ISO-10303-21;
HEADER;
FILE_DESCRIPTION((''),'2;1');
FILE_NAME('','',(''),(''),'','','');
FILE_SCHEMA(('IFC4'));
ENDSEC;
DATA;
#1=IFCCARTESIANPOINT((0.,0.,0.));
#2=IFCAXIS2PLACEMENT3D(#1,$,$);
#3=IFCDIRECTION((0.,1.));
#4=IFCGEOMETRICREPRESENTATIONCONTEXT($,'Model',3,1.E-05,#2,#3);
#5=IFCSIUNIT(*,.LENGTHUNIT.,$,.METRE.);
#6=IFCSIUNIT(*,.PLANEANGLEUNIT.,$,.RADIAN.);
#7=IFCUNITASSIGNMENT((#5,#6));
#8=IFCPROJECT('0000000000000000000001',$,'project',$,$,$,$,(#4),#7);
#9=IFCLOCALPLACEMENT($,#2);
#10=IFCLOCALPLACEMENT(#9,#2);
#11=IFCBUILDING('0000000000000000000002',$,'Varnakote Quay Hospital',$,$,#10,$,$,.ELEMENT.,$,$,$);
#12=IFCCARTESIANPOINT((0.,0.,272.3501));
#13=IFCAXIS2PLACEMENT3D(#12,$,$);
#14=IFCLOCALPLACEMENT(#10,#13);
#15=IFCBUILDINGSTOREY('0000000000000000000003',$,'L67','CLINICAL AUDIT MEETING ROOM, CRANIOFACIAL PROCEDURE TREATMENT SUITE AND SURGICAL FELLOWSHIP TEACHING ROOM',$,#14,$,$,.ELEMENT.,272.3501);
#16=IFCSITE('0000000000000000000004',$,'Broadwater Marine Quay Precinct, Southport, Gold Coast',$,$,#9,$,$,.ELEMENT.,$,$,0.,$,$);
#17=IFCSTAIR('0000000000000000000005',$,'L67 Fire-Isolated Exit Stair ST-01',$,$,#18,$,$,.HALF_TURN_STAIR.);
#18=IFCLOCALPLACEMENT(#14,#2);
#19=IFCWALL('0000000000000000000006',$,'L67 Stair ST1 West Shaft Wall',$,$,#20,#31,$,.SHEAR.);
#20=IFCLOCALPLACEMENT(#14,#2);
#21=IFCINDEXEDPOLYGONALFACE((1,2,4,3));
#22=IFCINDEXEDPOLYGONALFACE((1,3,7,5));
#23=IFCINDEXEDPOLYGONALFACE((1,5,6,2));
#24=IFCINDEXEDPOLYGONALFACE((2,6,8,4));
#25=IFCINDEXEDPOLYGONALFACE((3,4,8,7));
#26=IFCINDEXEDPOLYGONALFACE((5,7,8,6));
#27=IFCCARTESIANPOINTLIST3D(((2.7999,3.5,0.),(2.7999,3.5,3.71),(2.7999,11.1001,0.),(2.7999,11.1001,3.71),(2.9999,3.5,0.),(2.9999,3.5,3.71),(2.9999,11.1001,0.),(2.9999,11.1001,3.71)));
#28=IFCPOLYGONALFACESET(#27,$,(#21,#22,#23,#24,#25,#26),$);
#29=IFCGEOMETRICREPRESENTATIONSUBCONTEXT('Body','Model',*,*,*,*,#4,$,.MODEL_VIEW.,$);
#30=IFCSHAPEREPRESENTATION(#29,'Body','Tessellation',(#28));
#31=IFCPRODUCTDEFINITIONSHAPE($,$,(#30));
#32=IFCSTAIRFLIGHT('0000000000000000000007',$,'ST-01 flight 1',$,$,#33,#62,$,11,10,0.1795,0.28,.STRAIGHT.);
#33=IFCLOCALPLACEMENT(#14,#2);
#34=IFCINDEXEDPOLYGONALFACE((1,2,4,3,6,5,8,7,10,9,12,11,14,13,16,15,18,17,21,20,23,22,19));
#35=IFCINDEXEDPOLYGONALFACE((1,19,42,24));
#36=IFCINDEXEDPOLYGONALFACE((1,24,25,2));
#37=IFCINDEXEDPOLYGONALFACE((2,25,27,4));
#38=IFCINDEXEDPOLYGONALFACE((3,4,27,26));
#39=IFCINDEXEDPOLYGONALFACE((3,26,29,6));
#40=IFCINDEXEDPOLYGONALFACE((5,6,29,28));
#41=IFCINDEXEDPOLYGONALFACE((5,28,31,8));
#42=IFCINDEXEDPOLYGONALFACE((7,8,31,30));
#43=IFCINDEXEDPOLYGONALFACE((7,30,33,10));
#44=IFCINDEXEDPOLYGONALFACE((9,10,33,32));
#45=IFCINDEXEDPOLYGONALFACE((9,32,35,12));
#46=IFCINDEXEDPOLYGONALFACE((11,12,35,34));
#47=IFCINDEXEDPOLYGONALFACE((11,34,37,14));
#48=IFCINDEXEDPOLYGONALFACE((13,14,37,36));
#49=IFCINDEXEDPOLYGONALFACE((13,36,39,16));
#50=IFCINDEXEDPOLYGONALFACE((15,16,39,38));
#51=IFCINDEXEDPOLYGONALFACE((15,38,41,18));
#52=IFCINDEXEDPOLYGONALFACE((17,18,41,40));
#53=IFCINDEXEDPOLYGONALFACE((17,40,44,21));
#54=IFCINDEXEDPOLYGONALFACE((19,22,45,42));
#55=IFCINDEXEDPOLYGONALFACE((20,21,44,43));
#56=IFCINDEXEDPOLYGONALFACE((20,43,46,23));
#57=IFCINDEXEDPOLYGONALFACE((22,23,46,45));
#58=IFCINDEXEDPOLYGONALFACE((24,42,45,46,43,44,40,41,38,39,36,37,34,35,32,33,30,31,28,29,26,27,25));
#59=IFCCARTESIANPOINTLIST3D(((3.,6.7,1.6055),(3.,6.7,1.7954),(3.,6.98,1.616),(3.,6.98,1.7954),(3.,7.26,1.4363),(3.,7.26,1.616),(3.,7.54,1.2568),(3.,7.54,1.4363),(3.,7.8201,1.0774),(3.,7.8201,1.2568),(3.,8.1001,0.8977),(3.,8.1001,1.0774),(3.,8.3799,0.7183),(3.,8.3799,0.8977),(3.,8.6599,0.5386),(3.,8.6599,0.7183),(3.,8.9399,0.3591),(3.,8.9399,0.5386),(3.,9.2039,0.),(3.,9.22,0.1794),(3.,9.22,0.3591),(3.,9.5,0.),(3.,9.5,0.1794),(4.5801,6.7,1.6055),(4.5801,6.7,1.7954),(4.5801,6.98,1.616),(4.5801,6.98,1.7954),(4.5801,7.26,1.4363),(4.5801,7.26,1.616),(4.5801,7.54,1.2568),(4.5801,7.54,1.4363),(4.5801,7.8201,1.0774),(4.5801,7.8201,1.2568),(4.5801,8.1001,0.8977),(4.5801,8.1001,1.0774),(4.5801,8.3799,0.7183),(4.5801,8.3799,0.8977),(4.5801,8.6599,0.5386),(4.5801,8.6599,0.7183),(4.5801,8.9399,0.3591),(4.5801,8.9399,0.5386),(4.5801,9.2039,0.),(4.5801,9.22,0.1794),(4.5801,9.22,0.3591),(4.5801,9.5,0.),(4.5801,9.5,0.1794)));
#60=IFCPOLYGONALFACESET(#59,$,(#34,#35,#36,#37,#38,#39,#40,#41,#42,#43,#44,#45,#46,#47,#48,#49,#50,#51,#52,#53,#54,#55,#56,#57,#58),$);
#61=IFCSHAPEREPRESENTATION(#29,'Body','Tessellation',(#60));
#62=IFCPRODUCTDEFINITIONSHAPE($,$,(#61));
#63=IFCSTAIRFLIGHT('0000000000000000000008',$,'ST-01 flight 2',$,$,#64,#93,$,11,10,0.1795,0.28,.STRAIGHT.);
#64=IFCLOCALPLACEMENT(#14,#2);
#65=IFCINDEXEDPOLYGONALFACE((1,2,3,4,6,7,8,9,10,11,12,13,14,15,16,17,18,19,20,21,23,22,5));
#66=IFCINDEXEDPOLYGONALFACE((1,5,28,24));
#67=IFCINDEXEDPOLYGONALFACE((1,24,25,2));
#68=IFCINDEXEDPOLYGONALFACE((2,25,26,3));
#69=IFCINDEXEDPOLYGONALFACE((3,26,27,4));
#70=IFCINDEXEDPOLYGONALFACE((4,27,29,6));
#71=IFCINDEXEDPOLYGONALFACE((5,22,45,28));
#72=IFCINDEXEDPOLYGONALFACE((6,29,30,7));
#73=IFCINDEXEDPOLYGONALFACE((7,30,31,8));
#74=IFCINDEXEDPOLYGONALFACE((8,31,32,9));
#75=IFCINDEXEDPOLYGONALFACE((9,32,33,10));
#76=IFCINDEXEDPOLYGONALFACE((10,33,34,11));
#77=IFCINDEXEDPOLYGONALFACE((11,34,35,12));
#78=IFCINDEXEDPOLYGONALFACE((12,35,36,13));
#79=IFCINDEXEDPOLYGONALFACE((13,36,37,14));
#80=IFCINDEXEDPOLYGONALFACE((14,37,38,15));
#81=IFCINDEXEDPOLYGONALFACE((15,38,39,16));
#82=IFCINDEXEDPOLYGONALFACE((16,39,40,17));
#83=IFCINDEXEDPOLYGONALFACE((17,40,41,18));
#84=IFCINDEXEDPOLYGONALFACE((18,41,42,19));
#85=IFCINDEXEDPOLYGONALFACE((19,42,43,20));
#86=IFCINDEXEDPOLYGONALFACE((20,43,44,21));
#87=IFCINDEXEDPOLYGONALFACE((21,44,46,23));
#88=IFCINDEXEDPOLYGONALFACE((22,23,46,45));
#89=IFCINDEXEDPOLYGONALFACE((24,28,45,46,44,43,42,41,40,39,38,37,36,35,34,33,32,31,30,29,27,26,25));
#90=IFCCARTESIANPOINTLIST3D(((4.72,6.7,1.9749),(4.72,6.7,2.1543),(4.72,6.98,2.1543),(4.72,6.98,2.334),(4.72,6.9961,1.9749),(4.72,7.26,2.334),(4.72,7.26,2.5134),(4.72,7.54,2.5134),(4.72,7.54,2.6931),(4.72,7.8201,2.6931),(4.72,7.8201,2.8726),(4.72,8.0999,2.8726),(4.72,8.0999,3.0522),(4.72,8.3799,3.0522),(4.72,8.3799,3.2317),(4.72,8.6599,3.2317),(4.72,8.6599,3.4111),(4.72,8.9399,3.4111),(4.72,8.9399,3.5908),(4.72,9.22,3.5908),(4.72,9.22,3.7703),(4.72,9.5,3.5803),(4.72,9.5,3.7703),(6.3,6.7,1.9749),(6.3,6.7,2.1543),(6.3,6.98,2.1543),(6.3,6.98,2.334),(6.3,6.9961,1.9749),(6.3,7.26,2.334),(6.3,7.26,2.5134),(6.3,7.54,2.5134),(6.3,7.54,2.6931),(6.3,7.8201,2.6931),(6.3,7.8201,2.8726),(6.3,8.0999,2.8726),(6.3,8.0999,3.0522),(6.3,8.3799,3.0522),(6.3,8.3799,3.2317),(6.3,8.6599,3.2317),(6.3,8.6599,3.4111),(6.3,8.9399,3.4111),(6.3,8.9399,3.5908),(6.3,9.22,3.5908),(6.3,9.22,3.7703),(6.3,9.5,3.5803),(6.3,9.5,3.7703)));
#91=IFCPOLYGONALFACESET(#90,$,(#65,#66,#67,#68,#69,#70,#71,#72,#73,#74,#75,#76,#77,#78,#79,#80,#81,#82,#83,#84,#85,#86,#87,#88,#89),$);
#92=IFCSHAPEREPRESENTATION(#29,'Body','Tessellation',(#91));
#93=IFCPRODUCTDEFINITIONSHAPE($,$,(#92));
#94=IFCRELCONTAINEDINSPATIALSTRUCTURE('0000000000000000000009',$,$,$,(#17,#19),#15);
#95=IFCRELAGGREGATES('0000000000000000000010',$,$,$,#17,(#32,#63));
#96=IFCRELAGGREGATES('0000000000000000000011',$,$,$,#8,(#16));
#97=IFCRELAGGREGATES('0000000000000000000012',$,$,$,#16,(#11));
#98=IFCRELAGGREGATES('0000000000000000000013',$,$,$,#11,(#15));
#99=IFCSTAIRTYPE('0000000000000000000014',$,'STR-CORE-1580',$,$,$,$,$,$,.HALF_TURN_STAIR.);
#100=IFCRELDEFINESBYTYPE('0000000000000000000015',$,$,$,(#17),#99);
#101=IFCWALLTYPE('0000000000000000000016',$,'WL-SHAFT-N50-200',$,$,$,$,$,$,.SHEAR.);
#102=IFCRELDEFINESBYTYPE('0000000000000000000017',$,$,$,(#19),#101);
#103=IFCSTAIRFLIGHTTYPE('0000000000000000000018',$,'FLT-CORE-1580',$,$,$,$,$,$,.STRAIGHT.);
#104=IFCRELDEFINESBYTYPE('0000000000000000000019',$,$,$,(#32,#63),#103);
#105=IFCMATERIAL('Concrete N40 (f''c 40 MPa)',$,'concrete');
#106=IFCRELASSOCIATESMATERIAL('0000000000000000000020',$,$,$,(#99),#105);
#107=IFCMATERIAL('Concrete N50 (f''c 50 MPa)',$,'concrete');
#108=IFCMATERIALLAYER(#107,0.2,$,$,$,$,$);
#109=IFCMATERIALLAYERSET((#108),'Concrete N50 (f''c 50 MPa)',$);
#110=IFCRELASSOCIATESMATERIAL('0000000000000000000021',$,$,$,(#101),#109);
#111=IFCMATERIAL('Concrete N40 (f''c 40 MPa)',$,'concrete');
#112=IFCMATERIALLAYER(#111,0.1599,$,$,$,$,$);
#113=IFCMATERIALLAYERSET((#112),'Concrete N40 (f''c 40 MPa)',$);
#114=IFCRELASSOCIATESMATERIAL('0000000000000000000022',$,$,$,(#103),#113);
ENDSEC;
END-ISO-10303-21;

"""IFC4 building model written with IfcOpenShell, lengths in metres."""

from ifc_helpers import new_model, si_unit, direction, frame, frame_2d, origin, place, context, subcontext, project, spatial, polyline, rectangle, outline, extrude, material, layer, layer_set, type_object, element, aggregate, save


model = new_model("IFC4")

# Units and contexts
model_context = context("Model", 3, precision=1e-05, world=origin(), true_north=direction((0.0, 1.0)))
body_context = subcontext(model_context, "Body", "Model", "MODEL_VIEW")
ifc_project = project(units=[si_unit("LENGTHUNIT", "METRE"), si_unit("PLANEANGLEUNIT", "RADIAN")], contexts=[model_context])

# Site, building, storey
site_placement = place(None, origin())
site = spatial("IfcSite", under=ifc_project, at=site_placement, Name="Broadwater Marine Quay Precinct, Southport, Gold Coast", CompositionType="ELEMENT", RefElevation=0.0)
building_placement = place(site_placement, origin())
building = spatial("IfcBuilding", under=site, at=building_placement, Name="Varnakote Quay Hospital", CompositionType="ELEMENT")
storey_placement = place(building_placement, frame((0.0, 0.0, 272.3501)))
storey = spatial("IfcBuildingStorey", under=building, at=storey_placement, Name="L67", Description="CLINICAL AUDIT MEETING ROOM, CRANIOFACIAL PROCEDURE TREATMENT SUITE AND SURGICAL FELLOWSHIP TEACHING ROOM", CompositionType="ELEMENT", Elevation=272.3501)

# Stair
ifc_material_1 = material(Name="Concrete N40 (f'c 40 MPa)", Category="concrete")
stair_type = type_object("IfcStairType", Name="STR-CORE-1580", PredefinedType="HALF_TURN_STAIR", material=ifc_material_1)
stair_1_placement = place(storey_placement, origin())
stair_1 = element("IfcStair", 1, at=stair_1_placement, inside=storey, type_object=stair_type, Name="L67 Fire-Isolated Exit Stair ST-01", PredefinedType="HALF_TURN_STAIR")

# Wall
ifc_material_2 = material(Name="Concrete N50 (f'c 50 MPa)", Category="concrete")
ifc_layer_1 = layer(ifc_material_2, 0.2)
ifc_layer_set_1 = layer_set([ifc_layer_1], Name="Concrete N50 (f'c 50 MPa)")
wall_type_1 = type_object("IfcWallType", Name="WL-SHAFT-N50-200", PredefinedType="SHEAR", material=ifc_layer_set_1)
wall_1_placement = place(storey_placement, frame((2.8999, 3.5, 0.0), z_axis=(0.0, 0.0, 1.0), x_axis=(0.0, 1.0, 0.0)))
element("IfcWall", 2, at=wall_1_placement, inside=storey, type_object=wall_type_1, Name="L67 Stair ST1 West Shaft Wall", PredefinedType="SHEAR", context=body_context, shape_type="SweptSolid", body=[
    extrude(rectangle(XDim=7.6001, YDim=0.2, at=frame_2d((3.8, 0.0))), origin(), (0.0, 0.0, 1.0), 3.71),
])

# Stair flights
ifc_material_3 = material(Name="Concrete N40 (f'c 40 MPa)", Category="concrete")
ifc_layer_2 = layer(ifc_material_3, 0.1599)
ifc_layer_set_2 = layer_set([ifc_layer_2], Name="Concrete N40 (f'c 40 MPa)")
stair_flight_type = type_object("IfcStairFlightType", Name="FLT-CORE-1580", PredefinedType="STRAIGHT", material=ifc_layer_set_2)
stair_flight_1_placement = place(storey_placement, frame((3.79, 9.5, 0.0), z_axis=(0.0, 0.0, 1.0), x_axis=(0.0, -1.0, 0.0)))
stair_flight_1 = element("IfcStairFlight", 3, at=stair_flight_1_placement, type_object=stair_flight_type, Name="ST-01 flight 1", NumberOfRisers=11, NumberOfTreads=10, PredefinedType="STRAIGHT", RiserHeight=0.1795, TreadLength=0.28, context=body_context, shape_type="SweptSolid", body=[
    extrude(outline(polyline([(0.0, 0.0), (0.0, 0.1794), (0.28, 0.1794), (0.28, 0.3591), (0.5601, 0.3591), (0.5601, 0.5386), (0.8401, 0.5386), (0.8401, 0.7183), (1.1201, 0.7183), (1.1201, 0.8977), (1.3999, 0.8977), (1.3999, 1.0774), (1.6799, 1.0774), (1.6799, 1.2568), (1.96, 1.2568), (1.96, 1.4363), (2.24, 1.4363), (2.24, 1.616), (2.52, 1.616), (2.52, 1.7954), (2.8, 1.7954), (2.8, 1.9751), (2.8, 1.6055), (0.2961, 0.0), (0.0, 0.0)])), frame((0.0, 0.79, 0.0), z_axis=(0.0, -1.0, 0.0), x_axis=(1.0, 0.0, 0.0)), (0.0, 0.0, 1.0), 1.5801),
])
stair_flight_2_placement = place(storey_placement, frame((5.51, 6.7, 1.9749), z_axis=(0.0, 0.0, 1.0), x_axis=(0.0, 1.0, 0.0)))
stair_flight_2 = element("IfcStairFlight", 4, at=stair_flight_2_placement, type_object=stair_flight_type, Name="ST-01 flight 2", NumberOfRisers=11, NumberOfTreads=10, PredefinedType="STRAIGHT", RiserHeight=0.1795, TreadLength=0.28, context=body_context, shape_type="SweptSolid", body=[
    extrude(outline(polyline([(0.0, 0.0), (0.0, 0.1794), (0.28, 0.1794), (0.28, 0.3591), (0.5601, 0.3591), (0.5601, 0.5386), (0.8401, 0.5386), (0.8401, 0.7183), (1.1201, 0.7183), (1.1201, 0.8977), (1.3999, 0.8977), (1.3999, 1.0774), (1.6799, 1.0774), (1.6799, 1.2568), (1.96, 1.2568), (1.96, 1.4363), (2.24, 1.4363), (2.24, 1.616), (2.52, 1.616), (2.52, 1.7954), (2.8, 1.7954), (2.8, 1.9751), (2.8, 1.6055), (0.2961, 0.0), (0.0, 0.0)])), frame((0.0, 0.79, 0.0), z_axis=(0.0, -1.0, 0.0), x_axis=(1.0, 0.0, 0.0)), (0.0, 0.0, 1.0), 1.5801),
])
aggregate(stair_1, [stair_flight_1, stair_flight_2])

save(model, "model.ifc")
